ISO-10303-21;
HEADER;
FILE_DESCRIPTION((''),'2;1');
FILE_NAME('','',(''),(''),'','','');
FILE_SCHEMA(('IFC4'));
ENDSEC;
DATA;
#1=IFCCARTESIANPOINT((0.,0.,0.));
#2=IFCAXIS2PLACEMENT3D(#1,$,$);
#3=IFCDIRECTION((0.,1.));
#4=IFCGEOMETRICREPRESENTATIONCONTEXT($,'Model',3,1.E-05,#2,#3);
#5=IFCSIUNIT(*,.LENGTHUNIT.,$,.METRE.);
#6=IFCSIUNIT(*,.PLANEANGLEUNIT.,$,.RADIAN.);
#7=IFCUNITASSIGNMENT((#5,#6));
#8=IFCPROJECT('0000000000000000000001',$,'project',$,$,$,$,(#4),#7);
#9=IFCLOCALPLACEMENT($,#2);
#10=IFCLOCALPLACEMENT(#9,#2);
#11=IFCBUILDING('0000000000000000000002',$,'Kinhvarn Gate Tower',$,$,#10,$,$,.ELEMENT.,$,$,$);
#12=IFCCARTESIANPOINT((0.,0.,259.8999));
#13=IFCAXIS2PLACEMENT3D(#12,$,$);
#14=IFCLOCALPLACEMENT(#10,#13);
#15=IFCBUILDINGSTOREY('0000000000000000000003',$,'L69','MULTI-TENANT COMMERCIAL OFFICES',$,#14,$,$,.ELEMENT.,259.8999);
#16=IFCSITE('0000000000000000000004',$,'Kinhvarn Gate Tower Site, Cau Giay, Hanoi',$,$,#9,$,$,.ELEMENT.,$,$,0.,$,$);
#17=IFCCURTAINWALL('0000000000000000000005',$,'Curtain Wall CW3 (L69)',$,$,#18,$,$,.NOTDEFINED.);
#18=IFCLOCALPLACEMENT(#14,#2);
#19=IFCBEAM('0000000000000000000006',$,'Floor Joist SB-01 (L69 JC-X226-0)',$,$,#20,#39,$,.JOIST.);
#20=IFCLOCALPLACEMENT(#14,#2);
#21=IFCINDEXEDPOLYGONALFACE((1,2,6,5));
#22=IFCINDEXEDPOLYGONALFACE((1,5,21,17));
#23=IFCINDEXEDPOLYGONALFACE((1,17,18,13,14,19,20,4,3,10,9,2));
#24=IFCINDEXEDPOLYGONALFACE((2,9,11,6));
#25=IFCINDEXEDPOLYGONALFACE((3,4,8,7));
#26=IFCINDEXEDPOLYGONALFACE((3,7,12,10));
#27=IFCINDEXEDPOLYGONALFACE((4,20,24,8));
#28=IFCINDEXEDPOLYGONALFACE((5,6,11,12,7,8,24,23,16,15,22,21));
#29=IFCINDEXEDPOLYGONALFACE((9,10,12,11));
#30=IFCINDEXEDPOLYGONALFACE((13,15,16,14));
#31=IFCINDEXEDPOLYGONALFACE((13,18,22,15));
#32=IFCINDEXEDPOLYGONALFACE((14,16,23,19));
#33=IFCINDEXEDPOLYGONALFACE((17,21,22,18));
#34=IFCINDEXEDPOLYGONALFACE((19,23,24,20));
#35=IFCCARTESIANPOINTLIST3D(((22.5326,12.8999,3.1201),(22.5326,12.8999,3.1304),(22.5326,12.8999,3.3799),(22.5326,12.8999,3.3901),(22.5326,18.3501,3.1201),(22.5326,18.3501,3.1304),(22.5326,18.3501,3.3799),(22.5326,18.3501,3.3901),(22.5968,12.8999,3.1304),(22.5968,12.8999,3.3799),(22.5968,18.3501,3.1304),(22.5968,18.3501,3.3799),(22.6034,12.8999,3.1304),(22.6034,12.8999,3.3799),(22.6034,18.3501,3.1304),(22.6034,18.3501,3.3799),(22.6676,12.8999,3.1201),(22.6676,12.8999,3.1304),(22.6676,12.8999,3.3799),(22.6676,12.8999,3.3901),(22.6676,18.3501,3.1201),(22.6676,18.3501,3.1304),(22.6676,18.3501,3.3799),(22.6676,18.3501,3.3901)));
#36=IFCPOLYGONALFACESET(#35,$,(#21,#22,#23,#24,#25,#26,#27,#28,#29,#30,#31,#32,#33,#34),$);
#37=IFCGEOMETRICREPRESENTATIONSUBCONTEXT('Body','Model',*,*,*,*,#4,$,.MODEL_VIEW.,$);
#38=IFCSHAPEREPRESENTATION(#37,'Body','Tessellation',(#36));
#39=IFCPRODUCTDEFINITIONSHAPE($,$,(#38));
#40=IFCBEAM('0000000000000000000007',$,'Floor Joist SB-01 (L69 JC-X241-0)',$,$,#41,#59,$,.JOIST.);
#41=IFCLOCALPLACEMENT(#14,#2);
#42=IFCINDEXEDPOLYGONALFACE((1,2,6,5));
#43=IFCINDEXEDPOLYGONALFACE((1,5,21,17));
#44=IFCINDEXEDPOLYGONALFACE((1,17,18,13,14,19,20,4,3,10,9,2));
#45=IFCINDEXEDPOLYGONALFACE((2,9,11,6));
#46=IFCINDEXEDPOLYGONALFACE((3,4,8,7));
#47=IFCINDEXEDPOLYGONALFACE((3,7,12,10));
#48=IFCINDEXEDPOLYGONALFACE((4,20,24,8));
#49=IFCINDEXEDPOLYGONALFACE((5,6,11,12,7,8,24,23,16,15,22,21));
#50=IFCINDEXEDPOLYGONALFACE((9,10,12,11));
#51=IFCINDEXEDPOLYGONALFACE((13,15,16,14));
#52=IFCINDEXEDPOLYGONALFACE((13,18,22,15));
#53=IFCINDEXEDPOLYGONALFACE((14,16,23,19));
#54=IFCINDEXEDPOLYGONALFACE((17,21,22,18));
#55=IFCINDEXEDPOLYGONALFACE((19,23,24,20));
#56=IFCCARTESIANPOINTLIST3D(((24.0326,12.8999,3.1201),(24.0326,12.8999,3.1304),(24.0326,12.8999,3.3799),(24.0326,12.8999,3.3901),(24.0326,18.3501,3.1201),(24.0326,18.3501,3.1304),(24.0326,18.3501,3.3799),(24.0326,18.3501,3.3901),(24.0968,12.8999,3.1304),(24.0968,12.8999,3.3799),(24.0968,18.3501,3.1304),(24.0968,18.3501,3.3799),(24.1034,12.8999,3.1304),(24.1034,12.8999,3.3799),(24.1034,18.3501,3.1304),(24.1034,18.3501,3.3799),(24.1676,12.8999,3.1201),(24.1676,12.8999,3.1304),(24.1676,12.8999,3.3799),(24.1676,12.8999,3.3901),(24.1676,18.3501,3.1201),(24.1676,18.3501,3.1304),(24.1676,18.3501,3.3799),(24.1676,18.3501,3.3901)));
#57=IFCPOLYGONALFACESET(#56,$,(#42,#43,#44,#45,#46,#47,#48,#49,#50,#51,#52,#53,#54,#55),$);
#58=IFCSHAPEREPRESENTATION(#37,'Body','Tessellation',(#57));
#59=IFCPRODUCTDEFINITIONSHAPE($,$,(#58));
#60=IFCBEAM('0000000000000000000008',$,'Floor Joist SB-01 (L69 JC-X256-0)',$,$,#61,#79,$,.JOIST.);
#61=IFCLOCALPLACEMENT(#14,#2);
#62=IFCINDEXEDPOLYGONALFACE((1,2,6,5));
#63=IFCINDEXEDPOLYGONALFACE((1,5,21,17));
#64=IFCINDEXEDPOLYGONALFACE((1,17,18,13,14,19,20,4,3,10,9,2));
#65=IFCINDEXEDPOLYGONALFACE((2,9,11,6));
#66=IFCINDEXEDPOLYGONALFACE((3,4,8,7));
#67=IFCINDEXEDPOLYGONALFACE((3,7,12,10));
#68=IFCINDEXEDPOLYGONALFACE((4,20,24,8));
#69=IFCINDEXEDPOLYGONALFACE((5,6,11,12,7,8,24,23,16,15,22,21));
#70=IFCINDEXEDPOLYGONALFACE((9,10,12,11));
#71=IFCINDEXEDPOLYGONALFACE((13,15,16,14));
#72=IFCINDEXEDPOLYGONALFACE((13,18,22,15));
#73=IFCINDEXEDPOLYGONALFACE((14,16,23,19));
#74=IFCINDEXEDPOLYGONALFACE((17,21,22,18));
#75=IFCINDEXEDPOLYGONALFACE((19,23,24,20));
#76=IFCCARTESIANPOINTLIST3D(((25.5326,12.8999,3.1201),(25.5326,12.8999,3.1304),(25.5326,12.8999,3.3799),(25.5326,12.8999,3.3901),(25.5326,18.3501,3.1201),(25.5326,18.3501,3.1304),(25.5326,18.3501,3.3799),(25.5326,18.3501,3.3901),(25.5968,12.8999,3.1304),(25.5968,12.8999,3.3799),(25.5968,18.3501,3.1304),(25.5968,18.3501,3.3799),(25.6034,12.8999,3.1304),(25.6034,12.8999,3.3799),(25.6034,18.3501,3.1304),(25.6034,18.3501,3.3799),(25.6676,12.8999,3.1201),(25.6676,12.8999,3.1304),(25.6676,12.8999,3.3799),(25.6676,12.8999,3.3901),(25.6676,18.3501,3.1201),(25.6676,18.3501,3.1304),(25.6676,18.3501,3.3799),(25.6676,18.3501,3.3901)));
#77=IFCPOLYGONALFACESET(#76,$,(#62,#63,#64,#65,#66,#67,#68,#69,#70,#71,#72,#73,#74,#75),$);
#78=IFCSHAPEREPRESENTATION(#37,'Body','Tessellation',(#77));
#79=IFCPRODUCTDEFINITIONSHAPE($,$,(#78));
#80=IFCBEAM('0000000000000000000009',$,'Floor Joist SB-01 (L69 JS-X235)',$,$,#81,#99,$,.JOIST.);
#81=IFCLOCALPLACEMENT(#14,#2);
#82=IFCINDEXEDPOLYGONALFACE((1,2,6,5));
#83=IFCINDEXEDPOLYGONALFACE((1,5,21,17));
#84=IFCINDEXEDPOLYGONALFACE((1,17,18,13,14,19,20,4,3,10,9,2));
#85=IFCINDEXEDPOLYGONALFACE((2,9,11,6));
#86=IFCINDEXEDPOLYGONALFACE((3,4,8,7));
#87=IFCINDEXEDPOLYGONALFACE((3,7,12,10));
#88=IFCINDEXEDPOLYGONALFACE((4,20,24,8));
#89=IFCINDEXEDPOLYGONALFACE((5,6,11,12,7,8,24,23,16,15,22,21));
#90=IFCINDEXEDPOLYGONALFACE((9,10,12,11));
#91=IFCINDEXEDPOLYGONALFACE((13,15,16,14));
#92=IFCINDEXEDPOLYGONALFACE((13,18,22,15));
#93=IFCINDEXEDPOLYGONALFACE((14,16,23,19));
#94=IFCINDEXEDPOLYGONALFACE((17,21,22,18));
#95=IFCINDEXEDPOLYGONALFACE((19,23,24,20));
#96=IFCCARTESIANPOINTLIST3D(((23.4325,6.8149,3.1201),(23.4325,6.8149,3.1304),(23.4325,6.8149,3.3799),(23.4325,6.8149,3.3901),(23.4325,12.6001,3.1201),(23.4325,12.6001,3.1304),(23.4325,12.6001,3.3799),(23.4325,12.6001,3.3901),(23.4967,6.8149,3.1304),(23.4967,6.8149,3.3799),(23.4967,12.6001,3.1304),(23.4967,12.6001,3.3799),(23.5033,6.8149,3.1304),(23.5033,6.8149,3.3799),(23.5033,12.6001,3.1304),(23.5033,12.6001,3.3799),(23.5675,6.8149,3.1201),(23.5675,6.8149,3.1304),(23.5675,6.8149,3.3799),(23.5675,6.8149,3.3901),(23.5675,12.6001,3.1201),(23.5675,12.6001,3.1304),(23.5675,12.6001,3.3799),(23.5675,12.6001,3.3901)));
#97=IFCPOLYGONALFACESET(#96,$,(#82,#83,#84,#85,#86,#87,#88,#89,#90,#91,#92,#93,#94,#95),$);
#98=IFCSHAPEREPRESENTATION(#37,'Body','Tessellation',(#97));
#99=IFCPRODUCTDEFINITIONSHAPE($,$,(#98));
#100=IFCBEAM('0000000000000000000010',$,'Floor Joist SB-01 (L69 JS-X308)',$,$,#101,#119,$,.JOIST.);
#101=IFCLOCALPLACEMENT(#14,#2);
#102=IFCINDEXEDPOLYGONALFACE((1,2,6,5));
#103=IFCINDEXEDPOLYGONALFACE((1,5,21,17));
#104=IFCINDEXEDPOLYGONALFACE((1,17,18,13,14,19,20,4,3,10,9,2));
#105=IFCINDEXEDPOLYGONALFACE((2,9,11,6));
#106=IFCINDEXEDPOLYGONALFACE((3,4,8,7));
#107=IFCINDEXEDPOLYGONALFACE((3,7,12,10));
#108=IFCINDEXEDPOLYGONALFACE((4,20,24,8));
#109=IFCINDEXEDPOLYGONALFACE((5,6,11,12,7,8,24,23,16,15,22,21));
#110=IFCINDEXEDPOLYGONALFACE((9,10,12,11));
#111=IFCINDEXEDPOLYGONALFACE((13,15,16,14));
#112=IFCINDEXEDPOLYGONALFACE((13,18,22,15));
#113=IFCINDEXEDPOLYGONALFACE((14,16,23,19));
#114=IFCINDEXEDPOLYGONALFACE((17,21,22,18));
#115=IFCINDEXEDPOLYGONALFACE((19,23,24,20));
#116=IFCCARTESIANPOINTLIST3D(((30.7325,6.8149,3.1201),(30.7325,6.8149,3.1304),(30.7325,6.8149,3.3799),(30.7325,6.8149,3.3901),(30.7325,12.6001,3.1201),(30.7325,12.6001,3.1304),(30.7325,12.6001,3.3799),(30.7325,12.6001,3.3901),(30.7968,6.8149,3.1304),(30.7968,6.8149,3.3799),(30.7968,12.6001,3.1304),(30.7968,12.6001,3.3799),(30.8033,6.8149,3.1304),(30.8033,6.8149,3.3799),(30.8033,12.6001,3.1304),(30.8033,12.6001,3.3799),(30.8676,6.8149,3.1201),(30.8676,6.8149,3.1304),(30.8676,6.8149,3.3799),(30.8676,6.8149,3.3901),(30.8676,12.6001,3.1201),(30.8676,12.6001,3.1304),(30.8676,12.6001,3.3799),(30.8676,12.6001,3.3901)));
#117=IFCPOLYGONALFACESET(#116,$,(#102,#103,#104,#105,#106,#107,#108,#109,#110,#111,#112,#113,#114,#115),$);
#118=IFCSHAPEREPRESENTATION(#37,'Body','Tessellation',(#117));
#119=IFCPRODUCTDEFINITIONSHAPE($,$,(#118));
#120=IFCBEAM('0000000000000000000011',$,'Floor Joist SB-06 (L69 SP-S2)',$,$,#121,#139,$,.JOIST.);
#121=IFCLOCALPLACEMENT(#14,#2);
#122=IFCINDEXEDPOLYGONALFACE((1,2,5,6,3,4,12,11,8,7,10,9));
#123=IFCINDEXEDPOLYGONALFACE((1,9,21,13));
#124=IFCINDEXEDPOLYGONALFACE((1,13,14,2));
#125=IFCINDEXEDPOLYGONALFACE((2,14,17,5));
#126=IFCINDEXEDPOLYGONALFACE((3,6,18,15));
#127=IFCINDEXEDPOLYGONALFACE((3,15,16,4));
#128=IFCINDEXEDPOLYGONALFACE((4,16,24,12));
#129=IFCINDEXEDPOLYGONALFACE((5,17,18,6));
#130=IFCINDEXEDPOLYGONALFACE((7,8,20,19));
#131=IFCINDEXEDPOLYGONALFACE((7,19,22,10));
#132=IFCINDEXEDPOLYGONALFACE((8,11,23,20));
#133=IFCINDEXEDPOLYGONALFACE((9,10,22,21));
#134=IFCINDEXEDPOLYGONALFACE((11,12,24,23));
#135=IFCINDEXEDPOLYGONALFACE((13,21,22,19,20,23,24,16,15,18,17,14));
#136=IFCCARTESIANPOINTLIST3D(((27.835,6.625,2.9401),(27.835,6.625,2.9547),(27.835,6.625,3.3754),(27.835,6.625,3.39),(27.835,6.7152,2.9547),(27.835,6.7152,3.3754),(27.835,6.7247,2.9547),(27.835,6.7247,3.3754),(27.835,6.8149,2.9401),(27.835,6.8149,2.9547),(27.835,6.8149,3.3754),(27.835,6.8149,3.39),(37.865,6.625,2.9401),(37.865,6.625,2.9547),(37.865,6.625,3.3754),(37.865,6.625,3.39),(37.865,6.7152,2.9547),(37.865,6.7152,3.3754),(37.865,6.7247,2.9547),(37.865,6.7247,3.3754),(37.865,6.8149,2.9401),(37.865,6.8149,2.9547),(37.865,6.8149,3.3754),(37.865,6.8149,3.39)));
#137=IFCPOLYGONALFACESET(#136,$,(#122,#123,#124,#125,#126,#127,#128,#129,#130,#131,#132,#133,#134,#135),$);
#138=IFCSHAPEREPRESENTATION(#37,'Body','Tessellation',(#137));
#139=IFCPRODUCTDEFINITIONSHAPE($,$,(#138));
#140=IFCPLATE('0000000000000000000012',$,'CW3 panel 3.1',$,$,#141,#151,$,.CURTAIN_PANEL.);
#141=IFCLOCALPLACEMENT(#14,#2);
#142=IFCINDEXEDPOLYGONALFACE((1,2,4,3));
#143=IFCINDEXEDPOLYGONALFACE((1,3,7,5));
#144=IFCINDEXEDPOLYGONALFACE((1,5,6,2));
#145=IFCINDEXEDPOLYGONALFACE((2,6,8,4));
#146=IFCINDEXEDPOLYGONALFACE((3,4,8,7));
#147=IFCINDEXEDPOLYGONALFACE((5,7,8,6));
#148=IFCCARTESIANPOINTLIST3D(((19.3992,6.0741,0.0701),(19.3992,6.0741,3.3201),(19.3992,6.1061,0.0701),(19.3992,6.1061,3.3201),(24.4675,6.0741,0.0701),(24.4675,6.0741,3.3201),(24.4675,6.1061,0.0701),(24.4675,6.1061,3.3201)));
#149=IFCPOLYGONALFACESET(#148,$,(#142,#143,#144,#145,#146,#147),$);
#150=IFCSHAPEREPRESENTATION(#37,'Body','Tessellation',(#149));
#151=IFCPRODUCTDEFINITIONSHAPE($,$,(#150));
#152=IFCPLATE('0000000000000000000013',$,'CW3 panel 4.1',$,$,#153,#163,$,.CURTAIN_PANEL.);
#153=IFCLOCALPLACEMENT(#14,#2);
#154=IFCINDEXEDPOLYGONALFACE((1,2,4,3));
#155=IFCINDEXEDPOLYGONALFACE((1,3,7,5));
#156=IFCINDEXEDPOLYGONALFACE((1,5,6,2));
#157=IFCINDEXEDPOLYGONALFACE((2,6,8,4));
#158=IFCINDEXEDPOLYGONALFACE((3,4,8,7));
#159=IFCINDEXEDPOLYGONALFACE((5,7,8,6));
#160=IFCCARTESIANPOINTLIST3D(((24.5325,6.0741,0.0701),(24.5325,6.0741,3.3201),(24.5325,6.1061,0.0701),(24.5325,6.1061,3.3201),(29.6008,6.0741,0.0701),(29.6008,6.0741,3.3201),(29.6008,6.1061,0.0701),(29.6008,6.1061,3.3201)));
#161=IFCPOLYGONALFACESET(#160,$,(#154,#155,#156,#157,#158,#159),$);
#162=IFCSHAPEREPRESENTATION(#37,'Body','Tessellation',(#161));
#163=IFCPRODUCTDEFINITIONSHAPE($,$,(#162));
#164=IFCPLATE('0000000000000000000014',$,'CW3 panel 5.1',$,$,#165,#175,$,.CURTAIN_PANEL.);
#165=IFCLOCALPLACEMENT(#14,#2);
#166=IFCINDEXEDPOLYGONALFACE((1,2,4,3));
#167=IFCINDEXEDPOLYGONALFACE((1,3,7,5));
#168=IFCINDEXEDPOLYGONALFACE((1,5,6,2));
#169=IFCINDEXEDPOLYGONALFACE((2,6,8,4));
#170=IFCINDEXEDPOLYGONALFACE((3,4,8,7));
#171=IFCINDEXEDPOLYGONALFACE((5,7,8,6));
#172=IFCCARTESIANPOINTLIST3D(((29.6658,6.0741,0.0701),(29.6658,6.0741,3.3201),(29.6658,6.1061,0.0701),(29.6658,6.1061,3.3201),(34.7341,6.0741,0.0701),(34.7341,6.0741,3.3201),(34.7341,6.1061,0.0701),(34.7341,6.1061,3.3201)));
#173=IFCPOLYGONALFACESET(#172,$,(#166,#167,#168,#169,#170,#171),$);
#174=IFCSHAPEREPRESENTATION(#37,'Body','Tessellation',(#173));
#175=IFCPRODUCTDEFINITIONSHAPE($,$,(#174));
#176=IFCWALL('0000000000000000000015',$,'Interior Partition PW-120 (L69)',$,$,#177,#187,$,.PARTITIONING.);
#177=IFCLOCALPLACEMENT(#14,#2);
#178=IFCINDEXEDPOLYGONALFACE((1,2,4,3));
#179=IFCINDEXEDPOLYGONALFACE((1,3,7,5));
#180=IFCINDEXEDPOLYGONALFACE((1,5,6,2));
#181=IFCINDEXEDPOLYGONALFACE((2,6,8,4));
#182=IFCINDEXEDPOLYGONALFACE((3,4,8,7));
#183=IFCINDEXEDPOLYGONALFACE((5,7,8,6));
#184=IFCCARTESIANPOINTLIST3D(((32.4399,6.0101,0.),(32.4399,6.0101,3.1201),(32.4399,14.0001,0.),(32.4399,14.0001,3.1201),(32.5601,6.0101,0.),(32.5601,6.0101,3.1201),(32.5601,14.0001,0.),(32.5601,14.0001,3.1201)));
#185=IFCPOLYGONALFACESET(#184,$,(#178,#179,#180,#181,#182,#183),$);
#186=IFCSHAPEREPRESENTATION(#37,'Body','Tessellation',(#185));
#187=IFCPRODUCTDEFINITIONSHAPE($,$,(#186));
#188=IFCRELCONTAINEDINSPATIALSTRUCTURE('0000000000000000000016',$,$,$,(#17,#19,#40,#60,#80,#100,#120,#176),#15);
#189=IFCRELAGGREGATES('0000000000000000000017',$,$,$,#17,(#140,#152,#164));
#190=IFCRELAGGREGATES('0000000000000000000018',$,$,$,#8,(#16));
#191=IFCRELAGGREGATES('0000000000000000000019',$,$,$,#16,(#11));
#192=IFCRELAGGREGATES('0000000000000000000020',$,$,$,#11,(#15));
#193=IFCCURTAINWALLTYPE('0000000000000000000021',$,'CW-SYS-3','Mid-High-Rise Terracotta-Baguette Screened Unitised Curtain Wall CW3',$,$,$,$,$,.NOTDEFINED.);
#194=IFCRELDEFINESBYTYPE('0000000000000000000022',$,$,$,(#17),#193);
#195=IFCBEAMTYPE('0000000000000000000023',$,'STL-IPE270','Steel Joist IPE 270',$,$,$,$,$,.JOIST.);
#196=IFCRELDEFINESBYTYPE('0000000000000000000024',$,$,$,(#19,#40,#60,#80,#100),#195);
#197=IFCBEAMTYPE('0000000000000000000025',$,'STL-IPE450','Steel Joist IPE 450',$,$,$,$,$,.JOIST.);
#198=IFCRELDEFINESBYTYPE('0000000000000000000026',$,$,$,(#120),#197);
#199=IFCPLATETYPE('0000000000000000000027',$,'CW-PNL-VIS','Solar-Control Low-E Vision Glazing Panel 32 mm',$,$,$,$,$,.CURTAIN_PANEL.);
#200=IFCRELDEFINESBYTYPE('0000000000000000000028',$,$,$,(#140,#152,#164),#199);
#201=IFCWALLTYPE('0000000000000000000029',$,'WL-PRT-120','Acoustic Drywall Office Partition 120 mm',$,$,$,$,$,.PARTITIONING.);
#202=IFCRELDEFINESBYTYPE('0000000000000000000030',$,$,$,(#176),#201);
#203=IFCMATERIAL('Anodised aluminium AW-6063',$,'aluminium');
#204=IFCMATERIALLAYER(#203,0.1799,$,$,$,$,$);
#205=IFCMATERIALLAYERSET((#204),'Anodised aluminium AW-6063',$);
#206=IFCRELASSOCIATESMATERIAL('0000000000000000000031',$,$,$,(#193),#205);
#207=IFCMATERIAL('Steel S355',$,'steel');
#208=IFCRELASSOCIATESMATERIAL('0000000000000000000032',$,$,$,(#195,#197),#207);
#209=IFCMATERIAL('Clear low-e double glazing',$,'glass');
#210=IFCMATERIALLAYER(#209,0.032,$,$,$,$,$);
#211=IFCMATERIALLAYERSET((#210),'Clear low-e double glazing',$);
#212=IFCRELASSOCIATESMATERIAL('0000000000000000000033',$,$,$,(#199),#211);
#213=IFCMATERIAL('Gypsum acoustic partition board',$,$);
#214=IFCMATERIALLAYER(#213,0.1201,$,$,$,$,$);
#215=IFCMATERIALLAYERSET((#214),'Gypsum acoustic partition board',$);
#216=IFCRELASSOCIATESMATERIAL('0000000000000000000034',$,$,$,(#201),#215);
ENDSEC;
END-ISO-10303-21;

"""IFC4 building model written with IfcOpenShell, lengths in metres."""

from ifc_helpers import new_model, si_unit, direction, frame, frame_2d, origin, origin_2d, place, context, subcontext, project, spatial, rectangle, i_section, extrude, material, layer, layer_set, material_profile, profile_set, type_object, element, aggregate, save


model = new_model("IFC4")

# Units and contexts
model_context = context("Model", 3, precision=1e-05, world=origin(), true_north=direction((0.0, 1.0)))
body_context = subcontext(model_context, "Body", "Model", "MODEL_VIEW")
ifc_project = project(units=[si_unit("LENGTHUNIT", "METRE"), si_unit("PLANEANGLEUNIT", "RADIAN")], contexts=[model_context])

# Site, building, storey
site_placement = place(None, origin())
site = spatial("IfcSite", under=ifc_project, at=site_placement, Name="Kinhvarn Gate Tower Site, Cau Giay, Hanoi", CompositionType="ELEMENT", RefElevation=0.0)
building_placement = place(site_placement, origin())
building = spatial("IfcBuilding", under=site, at=building_placement, Name="Kinhvarn Gate Tower", CompositionType="ELEMENT")
storey_placement = place(building_placement, frame((0.0, 0.0, 259.8999)))
storey = spatial("IfcBuildingStorey", under=building, at=storey_placement, Name="L69", Description="MULTI-TENANT COMMERCIAL OFFICES", CompositionType="ELEMENT", Elevation=259.8999)

# Curtain wall
ifc_material_1 = material(Name="Anodised aluminium AW-6063", Category="aluminium")
ifc_layer_1 = layer(ifc_material_1, 0.1799)
ifc_layer_set_1 = layer_set([ifc_layer_1], Name="Anodised aluminium AW-6063")
curtain_wall_type = type_object("IfcCurtainWallType", Name="CW-SYS-3", Description="Mid-High-Rise Terracotta-Baguette Screened Unitised Curtain Wall CW3", PredefinedType="NOTDEFINED", material=ifc_layer_set_1)
curtain_wall_placement = place(storey_placement, origin())
curtain_wall = element("IfcCurtainWall", 1, at=curtain_wall_placement, inside=storey, type_object=curtain_wall_type, Name="Curtain Wall CW3 (L69)", PredefinedType="NOTDEFINED")

# Beams
ifc_material_2 = material(Name="Steel S355", Category="steel")
ifc_material_profile_1 = material_profile(ifc_material_2, i_section(OverallWidth=0.135, OverallDepth=0.27, WebThickness=0.0066, FlangeThickness=0.0103, at=origin_2d()), Name="IPE 270")
ifc_profile_set_1 = profile_set([ifc_material_profile_1], Name="Steel S355")
beam_type_1 = type_object("IfcBeamType", Name="STL-IPE270", Description="Steel Joist IPE 270", PredefinedType="JOIST", material=ifc_profile_set_1)
for number, where, z_axis, x_axis, name in (
    (2, (22.6001, 12.8999, 3.2551), (0.0, 1.0, 0.0), (-1.0, 0.0, 0.0), "Floor Joist SB-01 (L69 JC-X226-0)"),
    (3, (24.1001, 12.8999, 3.2551), (0.0, 1.0, 0.0), (-1.0, 0.0, 0.0), "Floor Joist SB-01 (L69 JC-X241-0)"),
    (4, (25.6001, 12.8999, 3.2551), (0.0, 1.0, 0.0), (-1.0, 0.0, 0.0), "Floor Joist SB-01 (L69 JC-X256-0)"),
):
    element("IfcBeam", number, at=place(storey_placement, frame(where, z_axis=z_axis, x_axis=x_axis)), inside=storey, type_object=beam_type_1, Name=name, PredefinedType="JOIST", context=body_context, shape_type="SweptSolid", body=[
        extrude(i_section(OverallWidth=0.135, OverallDepth=0.27, WebThickness=0.0066, FlangeThickness=0.0103, at=origin_2d()), origin(), (0.0, 0.0, 1.0), 5.4502),
    ])
for number, where, z_axis, x_axis, name in (
    (5, (23.5, 6.8149, 3.2551), (0.0, 1.0, 0.0), (-1.0, 0.0, 0.0), "Floor Joist SB-01 (L69 JS-X235)"),
    (6, (30.8, 6.8149, 3.2551), (0.0, 1.0, 0.0), (-1.0, 0.0, 0.0), "Floor Joist SB-01 (L69 JS-X308)"),
):
    element("IfcBeam", number, at=place(storey_placement, frame(where, z_axis=z_axis, x_axis=x_axis)), inside=storey, type_object=beam_type_1, Name=name, PredefinedType="JOIST", context=body_context, shape_type="SweptSolid", body=[
        extrude(i_section(OverallWidth=0.135, OverallDepth=0.27, WebThickness=0.0066, FlangeThickness=0.0103, at=origin_2d()), origin(), (0.0, 0.0, 1.0), 5.7852),
    ])
ifc_material_profile_2 = material_profile(ifc_material_2, i_section(OverallWidth=0.1899, OverallDepth=0.45, WebThickness=0.0095, FlangeThickness=0.0146, at=origin_2d()), Name="IPE 450")
ifc_profile_set_2 = profile_set([ifc_material_profile_2], Name="Steel S355")
beam_type_2 = type_object("IfcBeamType", Name="STL-IPE450", Description="Steel Joist IPE 450", PredefinedType="JOIST", material=ifc_profile_set_2)
beam_1_placement = place(storey_placement, frame((27.835, 6.72, 3.165), z_axis=(1.0, 0.0, 0.0), x_axis=(0.0, 1.0, 0.0)))
element("IfcBeam", 7, at=beam_1_placement, inside=storey, type_object=beam_type_2, Name="Floor Joist SB-06 (L69 SP-S2)", PredefinedType="JOIST", context=body_context, shape_type="SweptSolid", body=[
    extrude(i_section(OverallWidth=0.1899, OverallDepth=0.45, WebThickness=0.0095, FlangeThickness=0.0146, at=origin_2d()), origin(), (0.0, 0.0, 1.0), 10.03),
])

# Plates
ifc_material_3 = material(Name="Clear low-e double glazing", Category="glass")
ifc_layer_2 = layer(ifc_material_3, 0.032)
ifc_layer_set_2 = layer_set([ifc_layer_2], Name="Clear low-e double glazing")
plate_type = type_object("IfcPlateType", Name="CW-PNL-VIS", Description="Solar-Control Low-E Vision Glazing Panel 32 mm", PredefinedType="CURTAIN_PANEL", material=ifc_layer_set_2)
plate_1_placement = place(storey_placement, frame((21.9333, 6.0901, 0.0701), z_axis=(0.0, 0.0, 1.0), x_axis=(1.0, 0.0, 0.0)))
plate_1 = element("IfcPlate", 8, at=plate_1_placement, type_object=plate_type, Name="CW3 panel 3.1", PredefinedType="CURTAIN_PANEL", context=body_context, shape_type="SweptSolid", body=[
    extrude(rectangle(XDim=5.0684, YDim=0.032, at=origin_2d()), origin(), (0.0, 0.0, 1.0), 3.25),
])
plate_2_placement = place(storey_placement, frame((27.0667, 6.0901, 0.0701), z_axis=(0.0, 0.0, 1.0), x_axis=(1.0, 0.0, 0.0)))
plate_2 = element("IfcPlate", 9, at=plate_2_placement, type_object=plate_type, Name="CW3 panel 4.1", PredefinedType="CURTAIN_PANEL", context=body_context, shape_type="SweptSolid", body=[
    extrude(rectangle(XDim=5.0684, YDim=0.032, at=origin_2d()), origin(), (0.0, 0.0, 1.0), 3.25),
])
plate_3_placement = place(storey_placement, frame((32.2, 6.0901, 0.0701), z_axis=(0.0, 0.0, 1.0), x_axis=(1.0, 0.0, 0.0)))
plate_3 = element("IfcPlate", 10, at=plate_3_placement, type_object=plate_type, Name="CW3 panel 5.1", PredefinedType="CURTAIN_PANEL", context=body_context, shape_type="SweptSolid", body=[
    extrude(rectangle(XDim=5.0684, YDim=0.032, at=origin_2d()), origin(), (0.0, 0.0, 1.0), 3.25),
])
aggregate(curtain_wall, [plate_1, plate_2, plate_3])

# Wall
ifc_material_4 = material(Name="Gypsum acoustic partition board")
ifc_layer_3 = layer(ifc_material_4, 0.1201)
ifc_layer_set_3 = layer_set([ifc_layer_3], Name="Gypsum acoustic partition board")
wall_type = type_object("IfcWallType", Name="WL-PRT-120", Description="Acoustic Drywall Office Partition 120 mm", PredefinedType="PARTITIONING", material=ifc_layer_set_3)
wall_placement = place(storey_placement, frame((32.5, 6.01, 0.0), z_axis=(0.0, 0.0, 1.0), x_axis=(0.0, 1.0, 0.0)))
element("IfcWall", 11, at=wall_placement, inside=storey, type_object=wall_type, Name="Interior Partition PW-120 (L69)", PredefinedType="PARTITIONING", context=body_context, shape_type="SweptSolid", body=[
    extrude(rectangle(XDim=7.99, YDim=0.1201, at=frame_2d((3.9951, 0.0))), origin(), (0.0, 0.0, 1.0), 3.1201),
])

save(model, "model.ifc")
